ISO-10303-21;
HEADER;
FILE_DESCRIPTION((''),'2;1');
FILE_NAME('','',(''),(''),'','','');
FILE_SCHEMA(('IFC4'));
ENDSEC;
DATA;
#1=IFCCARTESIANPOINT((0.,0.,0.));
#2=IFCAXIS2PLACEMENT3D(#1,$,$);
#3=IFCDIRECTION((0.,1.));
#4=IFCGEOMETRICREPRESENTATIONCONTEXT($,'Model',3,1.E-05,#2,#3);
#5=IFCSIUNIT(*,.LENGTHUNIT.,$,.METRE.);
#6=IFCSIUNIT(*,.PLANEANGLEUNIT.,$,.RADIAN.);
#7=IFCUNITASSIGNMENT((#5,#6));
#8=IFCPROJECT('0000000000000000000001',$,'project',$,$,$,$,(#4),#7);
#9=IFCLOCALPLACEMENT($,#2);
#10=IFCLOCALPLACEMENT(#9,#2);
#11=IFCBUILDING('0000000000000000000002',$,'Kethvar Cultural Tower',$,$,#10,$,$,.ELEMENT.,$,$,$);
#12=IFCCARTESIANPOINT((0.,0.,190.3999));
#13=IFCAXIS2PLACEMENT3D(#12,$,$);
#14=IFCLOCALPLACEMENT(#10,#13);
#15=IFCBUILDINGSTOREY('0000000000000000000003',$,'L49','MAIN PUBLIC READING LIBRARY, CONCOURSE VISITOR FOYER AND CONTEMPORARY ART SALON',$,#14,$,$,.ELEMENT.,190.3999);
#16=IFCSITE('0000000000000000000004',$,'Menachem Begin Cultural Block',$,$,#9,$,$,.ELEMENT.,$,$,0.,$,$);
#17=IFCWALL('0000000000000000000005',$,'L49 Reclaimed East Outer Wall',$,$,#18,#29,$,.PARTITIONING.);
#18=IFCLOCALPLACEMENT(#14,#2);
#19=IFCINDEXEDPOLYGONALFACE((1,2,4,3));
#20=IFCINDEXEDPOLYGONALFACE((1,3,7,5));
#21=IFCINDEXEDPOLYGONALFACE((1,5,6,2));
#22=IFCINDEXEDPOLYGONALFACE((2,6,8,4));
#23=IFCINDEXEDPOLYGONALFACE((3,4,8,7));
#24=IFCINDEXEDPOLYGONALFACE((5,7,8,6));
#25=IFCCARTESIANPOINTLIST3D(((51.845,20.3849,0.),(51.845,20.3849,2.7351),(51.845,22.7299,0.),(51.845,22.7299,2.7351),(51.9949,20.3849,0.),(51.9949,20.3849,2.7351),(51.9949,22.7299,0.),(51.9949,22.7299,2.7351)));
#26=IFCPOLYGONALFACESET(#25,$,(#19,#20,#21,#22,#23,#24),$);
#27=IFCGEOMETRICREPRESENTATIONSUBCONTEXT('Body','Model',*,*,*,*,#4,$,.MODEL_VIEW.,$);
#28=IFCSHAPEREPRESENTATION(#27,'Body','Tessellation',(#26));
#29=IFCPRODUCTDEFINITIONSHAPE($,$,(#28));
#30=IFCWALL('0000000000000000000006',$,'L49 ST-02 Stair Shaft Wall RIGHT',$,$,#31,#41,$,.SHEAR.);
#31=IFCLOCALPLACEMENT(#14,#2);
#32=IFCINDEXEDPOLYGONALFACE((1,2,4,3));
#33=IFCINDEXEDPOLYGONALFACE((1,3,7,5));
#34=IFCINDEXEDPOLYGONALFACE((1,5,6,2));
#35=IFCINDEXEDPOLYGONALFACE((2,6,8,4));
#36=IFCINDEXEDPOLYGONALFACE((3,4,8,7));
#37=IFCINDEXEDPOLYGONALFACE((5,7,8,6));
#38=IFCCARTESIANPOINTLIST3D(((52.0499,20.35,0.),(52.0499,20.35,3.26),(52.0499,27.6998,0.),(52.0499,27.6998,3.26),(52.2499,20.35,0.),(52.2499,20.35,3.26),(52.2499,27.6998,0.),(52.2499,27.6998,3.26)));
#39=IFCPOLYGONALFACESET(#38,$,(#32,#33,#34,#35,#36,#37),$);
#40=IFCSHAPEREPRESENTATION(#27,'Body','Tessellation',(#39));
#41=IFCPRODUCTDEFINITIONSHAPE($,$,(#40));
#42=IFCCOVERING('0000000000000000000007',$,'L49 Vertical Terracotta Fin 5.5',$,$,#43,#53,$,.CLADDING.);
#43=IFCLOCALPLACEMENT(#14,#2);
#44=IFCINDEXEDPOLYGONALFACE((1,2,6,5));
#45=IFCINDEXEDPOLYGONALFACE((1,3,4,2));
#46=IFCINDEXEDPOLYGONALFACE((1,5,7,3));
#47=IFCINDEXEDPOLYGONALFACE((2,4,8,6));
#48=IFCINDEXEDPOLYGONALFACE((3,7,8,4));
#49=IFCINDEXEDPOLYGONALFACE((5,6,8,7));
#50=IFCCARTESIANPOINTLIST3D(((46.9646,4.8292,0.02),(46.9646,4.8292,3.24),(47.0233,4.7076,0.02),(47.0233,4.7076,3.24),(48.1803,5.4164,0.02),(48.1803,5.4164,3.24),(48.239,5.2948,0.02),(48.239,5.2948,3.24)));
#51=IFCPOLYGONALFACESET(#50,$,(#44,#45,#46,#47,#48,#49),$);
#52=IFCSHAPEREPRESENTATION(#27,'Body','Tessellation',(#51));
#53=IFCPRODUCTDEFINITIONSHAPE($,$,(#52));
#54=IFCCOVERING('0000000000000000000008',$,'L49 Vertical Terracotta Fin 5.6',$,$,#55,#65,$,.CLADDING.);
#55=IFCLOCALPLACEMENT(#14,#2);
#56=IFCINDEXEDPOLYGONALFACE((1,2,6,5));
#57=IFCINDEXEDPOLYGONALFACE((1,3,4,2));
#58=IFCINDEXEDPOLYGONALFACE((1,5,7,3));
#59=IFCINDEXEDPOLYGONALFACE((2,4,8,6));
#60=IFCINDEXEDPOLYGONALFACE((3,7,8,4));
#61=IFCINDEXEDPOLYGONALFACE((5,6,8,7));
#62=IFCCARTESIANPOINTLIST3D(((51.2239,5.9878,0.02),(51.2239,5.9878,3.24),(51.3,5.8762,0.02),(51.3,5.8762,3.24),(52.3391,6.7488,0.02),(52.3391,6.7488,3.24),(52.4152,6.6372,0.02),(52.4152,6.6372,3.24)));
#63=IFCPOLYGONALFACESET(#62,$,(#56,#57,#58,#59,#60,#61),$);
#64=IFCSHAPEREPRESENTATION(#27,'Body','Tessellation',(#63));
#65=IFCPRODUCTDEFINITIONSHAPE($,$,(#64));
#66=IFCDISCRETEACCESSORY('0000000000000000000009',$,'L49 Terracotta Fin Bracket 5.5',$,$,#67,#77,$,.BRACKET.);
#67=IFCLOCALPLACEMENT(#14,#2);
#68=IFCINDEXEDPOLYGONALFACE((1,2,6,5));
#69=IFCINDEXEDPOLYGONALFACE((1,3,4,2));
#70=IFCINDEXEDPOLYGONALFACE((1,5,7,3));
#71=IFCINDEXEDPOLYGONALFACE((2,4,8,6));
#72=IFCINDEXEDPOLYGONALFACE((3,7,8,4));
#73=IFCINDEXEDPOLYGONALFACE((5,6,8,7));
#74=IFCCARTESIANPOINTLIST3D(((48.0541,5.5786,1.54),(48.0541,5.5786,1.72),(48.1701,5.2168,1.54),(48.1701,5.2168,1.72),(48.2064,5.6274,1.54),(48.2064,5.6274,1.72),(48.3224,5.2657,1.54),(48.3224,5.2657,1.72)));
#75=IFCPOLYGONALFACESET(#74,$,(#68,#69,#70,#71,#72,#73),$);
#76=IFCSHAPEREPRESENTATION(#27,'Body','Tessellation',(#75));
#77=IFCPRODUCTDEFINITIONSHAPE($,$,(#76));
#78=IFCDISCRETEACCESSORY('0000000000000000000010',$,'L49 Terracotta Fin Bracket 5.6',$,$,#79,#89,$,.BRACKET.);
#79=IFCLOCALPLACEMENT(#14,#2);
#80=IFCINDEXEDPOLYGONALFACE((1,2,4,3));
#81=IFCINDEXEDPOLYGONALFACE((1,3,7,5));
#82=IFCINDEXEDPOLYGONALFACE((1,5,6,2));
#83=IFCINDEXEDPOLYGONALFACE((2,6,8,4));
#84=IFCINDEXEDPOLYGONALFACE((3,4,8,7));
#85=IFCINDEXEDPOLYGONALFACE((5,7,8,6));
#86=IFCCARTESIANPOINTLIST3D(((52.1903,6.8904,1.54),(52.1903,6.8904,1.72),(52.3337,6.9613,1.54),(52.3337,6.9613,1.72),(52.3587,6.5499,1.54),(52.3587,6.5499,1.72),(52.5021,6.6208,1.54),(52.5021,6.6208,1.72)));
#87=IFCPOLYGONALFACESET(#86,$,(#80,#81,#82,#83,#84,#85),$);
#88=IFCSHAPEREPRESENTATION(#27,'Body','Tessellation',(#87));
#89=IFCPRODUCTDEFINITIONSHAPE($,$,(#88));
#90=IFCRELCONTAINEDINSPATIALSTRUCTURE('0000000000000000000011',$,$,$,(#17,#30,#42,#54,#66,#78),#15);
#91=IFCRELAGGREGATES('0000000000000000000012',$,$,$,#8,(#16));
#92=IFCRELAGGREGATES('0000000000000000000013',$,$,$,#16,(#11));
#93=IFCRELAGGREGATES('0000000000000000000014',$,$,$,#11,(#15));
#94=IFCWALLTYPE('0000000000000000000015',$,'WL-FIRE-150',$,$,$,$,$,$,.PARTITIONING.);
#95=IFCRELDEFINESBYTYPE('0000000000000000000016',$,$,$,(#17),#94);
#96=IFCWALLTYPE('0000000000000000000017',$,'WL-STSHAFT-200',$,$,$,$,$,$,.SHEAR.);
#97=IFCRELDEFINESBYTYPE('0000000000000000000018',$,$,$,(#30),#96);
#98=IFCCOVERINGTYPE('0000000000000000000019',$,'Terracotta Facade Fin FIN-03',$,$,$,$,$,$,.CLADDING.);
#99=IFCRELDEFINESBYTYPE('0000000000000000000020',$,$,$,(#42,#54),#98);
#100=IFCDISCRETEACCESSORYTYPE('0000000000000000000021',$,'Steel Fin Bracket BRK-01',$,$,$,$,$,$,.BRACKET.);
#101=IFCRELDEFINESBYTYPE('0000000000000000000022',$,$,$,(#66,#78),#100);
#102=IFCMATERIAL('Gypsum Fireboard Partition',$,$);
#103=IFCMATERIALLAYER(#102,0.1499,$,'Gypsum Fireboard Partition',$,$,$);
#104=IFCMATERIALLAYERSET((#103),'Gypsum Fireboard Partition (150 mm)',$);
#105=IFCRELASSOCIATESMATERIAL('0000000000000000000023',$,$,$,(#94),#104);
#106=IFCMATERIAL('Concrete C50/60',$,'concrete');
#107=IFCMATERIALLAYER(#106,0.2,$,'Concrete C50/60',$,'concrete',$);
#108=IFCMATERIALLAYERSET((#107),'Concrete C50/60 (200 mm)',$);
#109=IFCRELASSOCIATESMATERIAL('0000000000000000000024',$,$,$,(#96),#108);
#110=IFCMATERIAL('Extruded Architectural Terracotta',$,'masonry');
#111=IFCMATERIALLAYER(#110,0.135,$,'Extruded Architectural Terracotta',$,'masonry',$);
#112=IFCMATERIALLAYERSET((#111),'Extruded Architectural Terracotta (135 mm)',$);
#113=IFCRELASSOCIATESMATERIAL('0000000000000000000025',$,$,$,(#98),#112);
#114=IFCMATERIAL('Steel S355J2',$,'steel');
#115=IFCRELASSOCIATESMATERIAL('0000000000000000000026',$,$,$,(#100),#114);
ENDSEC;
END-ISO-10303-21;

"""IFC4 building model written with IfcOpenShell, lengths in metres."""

from ifc_helpers import new_model, si_unit, direction, frame, frame_2d, origin, origin_2d, place, context, subcontext, project, spatial, rectangle, extrude, source, transform, mapped, material, layer, layer_set, type_object, element, save


model = new_model("IFC4")

# Units and contexts
model_context = context("Model", 3, precision=1e-05, world=origin(), true_north=direction((0.0, 1.0)))
body_context = subcontext(model_context, "Body", "Model", "MODEL_VIEW")
ifc_project = project(units=[si_unit("LENGTHUNIT", "METRE"), si_unit("PLANEANGLEUNIT", "RADIAN")], contexts=[model_context])

# Site, building, storey
site_placement = place(None, origin())
site = spatial("IfcSite", under=ifc_project, at=site_placement, Name="Menachem Begin Cultural Block", CompositionType="ELEMENT", RefElevation=0.0)
building_placement = place(site_placement, origin())
building = spatial("IfcBuilding", under=site, at=building_placement, Name="Kethvar Cultural Tower", CompositionType="ELEMENT")
storey_placement = place(building_placement, frame((0.0, 0.0, 190.3999)))
storey = spatial("IfcBuildingStorey", under=building, at=storey_placement, Name="L49", Description="MAIN PUBLIC READING LIBRARY, CONCOURSE VISITOR FOYER AND CONTEMPORARY ART SALON", CompositionType="ELEMENT", Elevation=190.3999)

# Shared definitions
ifc_material_1 = material(Name="Steel S355J2", Category="steel")

# Walls
ifc_material_2 = material(Name="Gypsum Fireboard Partition")
ifc_layer_1 = layer(ifc_material_2, 0.1499, Name="Gypsum Fireboard Partition")
ifc_layer_set_1 = layer_set([ifc_layer_1], Name="Gypsum Fireboard Partition (150 mm)")
wall_type_1 = type_object("IfcWallType", Name="WL-FIRE-150", PredefinedType="PARTITIONING", material=ifc_layer_set_1)
wall_1_placement = place(storey_placement, frame((51.9199, 20.385, 0.0), z_axis=(0.0, 0.0, 1.0), x_axis=(0.0, 1.0, 0.0)))
element("IfcWall", 1, at=wall_1_placement, inside=storey, type_object=wall_type_1, Name="L49 Reclaimed East Outer Wall", PredefinedType="PARTITIONING", context=body_context, shape_type="SweptSolid", body=[
    extrude(rectangle(XDim=2.345, YDim=0.1499, at=frame_2d((1.1724, 0.0))), origin(), (0.0, 0.0, 1.0), 2.7351),
])
ifc_material_3 = material(Name="Concrete C50/60", Category="concrete")
ifc_layer_2 = layer(ifc_material_3, 0.2, Name="Concrete C50/60", Category="concrete")
ifc_layer_set_2 = layer_set([ifc_layer_2], Name="Concrete C50/60 (200 mm)")
wall_type_2 = type_object("IfcWallType", Name="WL-STSHAFT-200", PredefinedType="SHEAR", material=ifc_layer_set_2)
wall_2_placement = place(storey_placement, frame((52.1499, 20.3501, 0.0), z_axis=(0.0, 0.0, 1.0), x_axis=(0.0, 1.0, 0.0)))
element("IfcWall", 2, at=wall_2_placement, inside=storey, type_object=wall_type_2, Name="L49 ST-02 Stair Shaft Wall RIGHT", PredefinedType="SHEAR", context=body_context, shape_type="SweptSolid", body=[
    extrude(rectangle(XDim=7.3499, YDim=0.2, at=frame_2d((3.6748, 0.0))), origin(), (0.0, 0.0, 1.0), 3.26),
])

# Coverings
ifc_material_4 = material(Name="Extruded Architectural Terracotta", Category="masonry")
ifc_layer_3 = layer(ifc_material_4, 0.135, Name="Extruded Architectural Terracotta", Category="masonry")
ifc_layer_set_3 = layer_set([ifc_layer_3], Name="Extruded Architectural Terracotta (135 mm)")
covering_type = type_object("IfcCoveringType", Name="Terracotta Facade Fin FIN-03", PredefinedType="CLADDING", material=ifc_layer_set_3)
shared_shape_1 = source(origin(), body_context, "Body", "SweptSolid", [
    extrude(rectangle(XDim=1.3501, YDim=0.135, at=origin_2d()), origin(), (0.0, 0.0, 1.0), 3.22),
])
for number, where, z_axis, x_axis, name in (
    (3, (47.6018, 5.062, 0.02), (0.0, 0.0, 1.0), (-0.900471, -0.434917, 0.0), "L49 Vertical Terracotta Fin 5.5"),
    (4, (51.8196, 6.3125, 0.02), (0.0, 0.0, 1.0), (-0.826, -0.56367, 0.0), "L49 Vertical Terracotta Fin 5.6"),
):
    element("IfcCovering", number, at=place(storey_placement, frame(where, z_axis=z_axis, x_axis=x_axis)), inside=storey, type_object=covering_type, Name=name, PredefinedType="CLADDING", context=body_context, shape_type="MappedRepresentation", body=[
        mapped(shared_shape_1, transform((0.0, 0.0, 0.0), scale=1.0)),
    ])

# Discrete accessories
discrete_accessory_type = type_object("IfcDiscreteAccessoryType", Name="Steel Fin Bracket BRK-01", PredefinedType="BRACKET", material=ifc_material_1)
shared_shape_2 = source(origin(), body_context, "Body", "SweptSolid", [
    extrude(rectangle(XDim=0.3799, YDim=0.1599, at=origin_2d()), origin(), (0.0, 0.0, 1.0), 0.1799),
])
for number, where, z_axis, x_axis, name in (
    (5, (48.1882, 5.4221, 1.54), (0.0, 0.0, 1.0), (0.305363, -0.952236, 0.0), "L49 Terracotta Fin Bracket 5.5"),
    (6, (52.3462, 6.7556, 1.54), (0.0, 0.0, 1.0), (0.443228, -0.896409, 0.0), "L49 Terracotta Fin Bracket 5.6"),
):
    element("IfcDiscreteAccessory", number, at=place(storey_placement, frame(where, z_axis=z_axis, x_axis=x_axis)), inside=storey, type_object=discrete_accessory_type, Name=name, PredefinedType="BRACKET", context=body_context, shape_type="MappedRepresentation", body=[
        mapped(shared_shape_2, transform((0.0, 0.0, 0.0), scale=1.0)),
    ])

save(model, "model.ifc")
